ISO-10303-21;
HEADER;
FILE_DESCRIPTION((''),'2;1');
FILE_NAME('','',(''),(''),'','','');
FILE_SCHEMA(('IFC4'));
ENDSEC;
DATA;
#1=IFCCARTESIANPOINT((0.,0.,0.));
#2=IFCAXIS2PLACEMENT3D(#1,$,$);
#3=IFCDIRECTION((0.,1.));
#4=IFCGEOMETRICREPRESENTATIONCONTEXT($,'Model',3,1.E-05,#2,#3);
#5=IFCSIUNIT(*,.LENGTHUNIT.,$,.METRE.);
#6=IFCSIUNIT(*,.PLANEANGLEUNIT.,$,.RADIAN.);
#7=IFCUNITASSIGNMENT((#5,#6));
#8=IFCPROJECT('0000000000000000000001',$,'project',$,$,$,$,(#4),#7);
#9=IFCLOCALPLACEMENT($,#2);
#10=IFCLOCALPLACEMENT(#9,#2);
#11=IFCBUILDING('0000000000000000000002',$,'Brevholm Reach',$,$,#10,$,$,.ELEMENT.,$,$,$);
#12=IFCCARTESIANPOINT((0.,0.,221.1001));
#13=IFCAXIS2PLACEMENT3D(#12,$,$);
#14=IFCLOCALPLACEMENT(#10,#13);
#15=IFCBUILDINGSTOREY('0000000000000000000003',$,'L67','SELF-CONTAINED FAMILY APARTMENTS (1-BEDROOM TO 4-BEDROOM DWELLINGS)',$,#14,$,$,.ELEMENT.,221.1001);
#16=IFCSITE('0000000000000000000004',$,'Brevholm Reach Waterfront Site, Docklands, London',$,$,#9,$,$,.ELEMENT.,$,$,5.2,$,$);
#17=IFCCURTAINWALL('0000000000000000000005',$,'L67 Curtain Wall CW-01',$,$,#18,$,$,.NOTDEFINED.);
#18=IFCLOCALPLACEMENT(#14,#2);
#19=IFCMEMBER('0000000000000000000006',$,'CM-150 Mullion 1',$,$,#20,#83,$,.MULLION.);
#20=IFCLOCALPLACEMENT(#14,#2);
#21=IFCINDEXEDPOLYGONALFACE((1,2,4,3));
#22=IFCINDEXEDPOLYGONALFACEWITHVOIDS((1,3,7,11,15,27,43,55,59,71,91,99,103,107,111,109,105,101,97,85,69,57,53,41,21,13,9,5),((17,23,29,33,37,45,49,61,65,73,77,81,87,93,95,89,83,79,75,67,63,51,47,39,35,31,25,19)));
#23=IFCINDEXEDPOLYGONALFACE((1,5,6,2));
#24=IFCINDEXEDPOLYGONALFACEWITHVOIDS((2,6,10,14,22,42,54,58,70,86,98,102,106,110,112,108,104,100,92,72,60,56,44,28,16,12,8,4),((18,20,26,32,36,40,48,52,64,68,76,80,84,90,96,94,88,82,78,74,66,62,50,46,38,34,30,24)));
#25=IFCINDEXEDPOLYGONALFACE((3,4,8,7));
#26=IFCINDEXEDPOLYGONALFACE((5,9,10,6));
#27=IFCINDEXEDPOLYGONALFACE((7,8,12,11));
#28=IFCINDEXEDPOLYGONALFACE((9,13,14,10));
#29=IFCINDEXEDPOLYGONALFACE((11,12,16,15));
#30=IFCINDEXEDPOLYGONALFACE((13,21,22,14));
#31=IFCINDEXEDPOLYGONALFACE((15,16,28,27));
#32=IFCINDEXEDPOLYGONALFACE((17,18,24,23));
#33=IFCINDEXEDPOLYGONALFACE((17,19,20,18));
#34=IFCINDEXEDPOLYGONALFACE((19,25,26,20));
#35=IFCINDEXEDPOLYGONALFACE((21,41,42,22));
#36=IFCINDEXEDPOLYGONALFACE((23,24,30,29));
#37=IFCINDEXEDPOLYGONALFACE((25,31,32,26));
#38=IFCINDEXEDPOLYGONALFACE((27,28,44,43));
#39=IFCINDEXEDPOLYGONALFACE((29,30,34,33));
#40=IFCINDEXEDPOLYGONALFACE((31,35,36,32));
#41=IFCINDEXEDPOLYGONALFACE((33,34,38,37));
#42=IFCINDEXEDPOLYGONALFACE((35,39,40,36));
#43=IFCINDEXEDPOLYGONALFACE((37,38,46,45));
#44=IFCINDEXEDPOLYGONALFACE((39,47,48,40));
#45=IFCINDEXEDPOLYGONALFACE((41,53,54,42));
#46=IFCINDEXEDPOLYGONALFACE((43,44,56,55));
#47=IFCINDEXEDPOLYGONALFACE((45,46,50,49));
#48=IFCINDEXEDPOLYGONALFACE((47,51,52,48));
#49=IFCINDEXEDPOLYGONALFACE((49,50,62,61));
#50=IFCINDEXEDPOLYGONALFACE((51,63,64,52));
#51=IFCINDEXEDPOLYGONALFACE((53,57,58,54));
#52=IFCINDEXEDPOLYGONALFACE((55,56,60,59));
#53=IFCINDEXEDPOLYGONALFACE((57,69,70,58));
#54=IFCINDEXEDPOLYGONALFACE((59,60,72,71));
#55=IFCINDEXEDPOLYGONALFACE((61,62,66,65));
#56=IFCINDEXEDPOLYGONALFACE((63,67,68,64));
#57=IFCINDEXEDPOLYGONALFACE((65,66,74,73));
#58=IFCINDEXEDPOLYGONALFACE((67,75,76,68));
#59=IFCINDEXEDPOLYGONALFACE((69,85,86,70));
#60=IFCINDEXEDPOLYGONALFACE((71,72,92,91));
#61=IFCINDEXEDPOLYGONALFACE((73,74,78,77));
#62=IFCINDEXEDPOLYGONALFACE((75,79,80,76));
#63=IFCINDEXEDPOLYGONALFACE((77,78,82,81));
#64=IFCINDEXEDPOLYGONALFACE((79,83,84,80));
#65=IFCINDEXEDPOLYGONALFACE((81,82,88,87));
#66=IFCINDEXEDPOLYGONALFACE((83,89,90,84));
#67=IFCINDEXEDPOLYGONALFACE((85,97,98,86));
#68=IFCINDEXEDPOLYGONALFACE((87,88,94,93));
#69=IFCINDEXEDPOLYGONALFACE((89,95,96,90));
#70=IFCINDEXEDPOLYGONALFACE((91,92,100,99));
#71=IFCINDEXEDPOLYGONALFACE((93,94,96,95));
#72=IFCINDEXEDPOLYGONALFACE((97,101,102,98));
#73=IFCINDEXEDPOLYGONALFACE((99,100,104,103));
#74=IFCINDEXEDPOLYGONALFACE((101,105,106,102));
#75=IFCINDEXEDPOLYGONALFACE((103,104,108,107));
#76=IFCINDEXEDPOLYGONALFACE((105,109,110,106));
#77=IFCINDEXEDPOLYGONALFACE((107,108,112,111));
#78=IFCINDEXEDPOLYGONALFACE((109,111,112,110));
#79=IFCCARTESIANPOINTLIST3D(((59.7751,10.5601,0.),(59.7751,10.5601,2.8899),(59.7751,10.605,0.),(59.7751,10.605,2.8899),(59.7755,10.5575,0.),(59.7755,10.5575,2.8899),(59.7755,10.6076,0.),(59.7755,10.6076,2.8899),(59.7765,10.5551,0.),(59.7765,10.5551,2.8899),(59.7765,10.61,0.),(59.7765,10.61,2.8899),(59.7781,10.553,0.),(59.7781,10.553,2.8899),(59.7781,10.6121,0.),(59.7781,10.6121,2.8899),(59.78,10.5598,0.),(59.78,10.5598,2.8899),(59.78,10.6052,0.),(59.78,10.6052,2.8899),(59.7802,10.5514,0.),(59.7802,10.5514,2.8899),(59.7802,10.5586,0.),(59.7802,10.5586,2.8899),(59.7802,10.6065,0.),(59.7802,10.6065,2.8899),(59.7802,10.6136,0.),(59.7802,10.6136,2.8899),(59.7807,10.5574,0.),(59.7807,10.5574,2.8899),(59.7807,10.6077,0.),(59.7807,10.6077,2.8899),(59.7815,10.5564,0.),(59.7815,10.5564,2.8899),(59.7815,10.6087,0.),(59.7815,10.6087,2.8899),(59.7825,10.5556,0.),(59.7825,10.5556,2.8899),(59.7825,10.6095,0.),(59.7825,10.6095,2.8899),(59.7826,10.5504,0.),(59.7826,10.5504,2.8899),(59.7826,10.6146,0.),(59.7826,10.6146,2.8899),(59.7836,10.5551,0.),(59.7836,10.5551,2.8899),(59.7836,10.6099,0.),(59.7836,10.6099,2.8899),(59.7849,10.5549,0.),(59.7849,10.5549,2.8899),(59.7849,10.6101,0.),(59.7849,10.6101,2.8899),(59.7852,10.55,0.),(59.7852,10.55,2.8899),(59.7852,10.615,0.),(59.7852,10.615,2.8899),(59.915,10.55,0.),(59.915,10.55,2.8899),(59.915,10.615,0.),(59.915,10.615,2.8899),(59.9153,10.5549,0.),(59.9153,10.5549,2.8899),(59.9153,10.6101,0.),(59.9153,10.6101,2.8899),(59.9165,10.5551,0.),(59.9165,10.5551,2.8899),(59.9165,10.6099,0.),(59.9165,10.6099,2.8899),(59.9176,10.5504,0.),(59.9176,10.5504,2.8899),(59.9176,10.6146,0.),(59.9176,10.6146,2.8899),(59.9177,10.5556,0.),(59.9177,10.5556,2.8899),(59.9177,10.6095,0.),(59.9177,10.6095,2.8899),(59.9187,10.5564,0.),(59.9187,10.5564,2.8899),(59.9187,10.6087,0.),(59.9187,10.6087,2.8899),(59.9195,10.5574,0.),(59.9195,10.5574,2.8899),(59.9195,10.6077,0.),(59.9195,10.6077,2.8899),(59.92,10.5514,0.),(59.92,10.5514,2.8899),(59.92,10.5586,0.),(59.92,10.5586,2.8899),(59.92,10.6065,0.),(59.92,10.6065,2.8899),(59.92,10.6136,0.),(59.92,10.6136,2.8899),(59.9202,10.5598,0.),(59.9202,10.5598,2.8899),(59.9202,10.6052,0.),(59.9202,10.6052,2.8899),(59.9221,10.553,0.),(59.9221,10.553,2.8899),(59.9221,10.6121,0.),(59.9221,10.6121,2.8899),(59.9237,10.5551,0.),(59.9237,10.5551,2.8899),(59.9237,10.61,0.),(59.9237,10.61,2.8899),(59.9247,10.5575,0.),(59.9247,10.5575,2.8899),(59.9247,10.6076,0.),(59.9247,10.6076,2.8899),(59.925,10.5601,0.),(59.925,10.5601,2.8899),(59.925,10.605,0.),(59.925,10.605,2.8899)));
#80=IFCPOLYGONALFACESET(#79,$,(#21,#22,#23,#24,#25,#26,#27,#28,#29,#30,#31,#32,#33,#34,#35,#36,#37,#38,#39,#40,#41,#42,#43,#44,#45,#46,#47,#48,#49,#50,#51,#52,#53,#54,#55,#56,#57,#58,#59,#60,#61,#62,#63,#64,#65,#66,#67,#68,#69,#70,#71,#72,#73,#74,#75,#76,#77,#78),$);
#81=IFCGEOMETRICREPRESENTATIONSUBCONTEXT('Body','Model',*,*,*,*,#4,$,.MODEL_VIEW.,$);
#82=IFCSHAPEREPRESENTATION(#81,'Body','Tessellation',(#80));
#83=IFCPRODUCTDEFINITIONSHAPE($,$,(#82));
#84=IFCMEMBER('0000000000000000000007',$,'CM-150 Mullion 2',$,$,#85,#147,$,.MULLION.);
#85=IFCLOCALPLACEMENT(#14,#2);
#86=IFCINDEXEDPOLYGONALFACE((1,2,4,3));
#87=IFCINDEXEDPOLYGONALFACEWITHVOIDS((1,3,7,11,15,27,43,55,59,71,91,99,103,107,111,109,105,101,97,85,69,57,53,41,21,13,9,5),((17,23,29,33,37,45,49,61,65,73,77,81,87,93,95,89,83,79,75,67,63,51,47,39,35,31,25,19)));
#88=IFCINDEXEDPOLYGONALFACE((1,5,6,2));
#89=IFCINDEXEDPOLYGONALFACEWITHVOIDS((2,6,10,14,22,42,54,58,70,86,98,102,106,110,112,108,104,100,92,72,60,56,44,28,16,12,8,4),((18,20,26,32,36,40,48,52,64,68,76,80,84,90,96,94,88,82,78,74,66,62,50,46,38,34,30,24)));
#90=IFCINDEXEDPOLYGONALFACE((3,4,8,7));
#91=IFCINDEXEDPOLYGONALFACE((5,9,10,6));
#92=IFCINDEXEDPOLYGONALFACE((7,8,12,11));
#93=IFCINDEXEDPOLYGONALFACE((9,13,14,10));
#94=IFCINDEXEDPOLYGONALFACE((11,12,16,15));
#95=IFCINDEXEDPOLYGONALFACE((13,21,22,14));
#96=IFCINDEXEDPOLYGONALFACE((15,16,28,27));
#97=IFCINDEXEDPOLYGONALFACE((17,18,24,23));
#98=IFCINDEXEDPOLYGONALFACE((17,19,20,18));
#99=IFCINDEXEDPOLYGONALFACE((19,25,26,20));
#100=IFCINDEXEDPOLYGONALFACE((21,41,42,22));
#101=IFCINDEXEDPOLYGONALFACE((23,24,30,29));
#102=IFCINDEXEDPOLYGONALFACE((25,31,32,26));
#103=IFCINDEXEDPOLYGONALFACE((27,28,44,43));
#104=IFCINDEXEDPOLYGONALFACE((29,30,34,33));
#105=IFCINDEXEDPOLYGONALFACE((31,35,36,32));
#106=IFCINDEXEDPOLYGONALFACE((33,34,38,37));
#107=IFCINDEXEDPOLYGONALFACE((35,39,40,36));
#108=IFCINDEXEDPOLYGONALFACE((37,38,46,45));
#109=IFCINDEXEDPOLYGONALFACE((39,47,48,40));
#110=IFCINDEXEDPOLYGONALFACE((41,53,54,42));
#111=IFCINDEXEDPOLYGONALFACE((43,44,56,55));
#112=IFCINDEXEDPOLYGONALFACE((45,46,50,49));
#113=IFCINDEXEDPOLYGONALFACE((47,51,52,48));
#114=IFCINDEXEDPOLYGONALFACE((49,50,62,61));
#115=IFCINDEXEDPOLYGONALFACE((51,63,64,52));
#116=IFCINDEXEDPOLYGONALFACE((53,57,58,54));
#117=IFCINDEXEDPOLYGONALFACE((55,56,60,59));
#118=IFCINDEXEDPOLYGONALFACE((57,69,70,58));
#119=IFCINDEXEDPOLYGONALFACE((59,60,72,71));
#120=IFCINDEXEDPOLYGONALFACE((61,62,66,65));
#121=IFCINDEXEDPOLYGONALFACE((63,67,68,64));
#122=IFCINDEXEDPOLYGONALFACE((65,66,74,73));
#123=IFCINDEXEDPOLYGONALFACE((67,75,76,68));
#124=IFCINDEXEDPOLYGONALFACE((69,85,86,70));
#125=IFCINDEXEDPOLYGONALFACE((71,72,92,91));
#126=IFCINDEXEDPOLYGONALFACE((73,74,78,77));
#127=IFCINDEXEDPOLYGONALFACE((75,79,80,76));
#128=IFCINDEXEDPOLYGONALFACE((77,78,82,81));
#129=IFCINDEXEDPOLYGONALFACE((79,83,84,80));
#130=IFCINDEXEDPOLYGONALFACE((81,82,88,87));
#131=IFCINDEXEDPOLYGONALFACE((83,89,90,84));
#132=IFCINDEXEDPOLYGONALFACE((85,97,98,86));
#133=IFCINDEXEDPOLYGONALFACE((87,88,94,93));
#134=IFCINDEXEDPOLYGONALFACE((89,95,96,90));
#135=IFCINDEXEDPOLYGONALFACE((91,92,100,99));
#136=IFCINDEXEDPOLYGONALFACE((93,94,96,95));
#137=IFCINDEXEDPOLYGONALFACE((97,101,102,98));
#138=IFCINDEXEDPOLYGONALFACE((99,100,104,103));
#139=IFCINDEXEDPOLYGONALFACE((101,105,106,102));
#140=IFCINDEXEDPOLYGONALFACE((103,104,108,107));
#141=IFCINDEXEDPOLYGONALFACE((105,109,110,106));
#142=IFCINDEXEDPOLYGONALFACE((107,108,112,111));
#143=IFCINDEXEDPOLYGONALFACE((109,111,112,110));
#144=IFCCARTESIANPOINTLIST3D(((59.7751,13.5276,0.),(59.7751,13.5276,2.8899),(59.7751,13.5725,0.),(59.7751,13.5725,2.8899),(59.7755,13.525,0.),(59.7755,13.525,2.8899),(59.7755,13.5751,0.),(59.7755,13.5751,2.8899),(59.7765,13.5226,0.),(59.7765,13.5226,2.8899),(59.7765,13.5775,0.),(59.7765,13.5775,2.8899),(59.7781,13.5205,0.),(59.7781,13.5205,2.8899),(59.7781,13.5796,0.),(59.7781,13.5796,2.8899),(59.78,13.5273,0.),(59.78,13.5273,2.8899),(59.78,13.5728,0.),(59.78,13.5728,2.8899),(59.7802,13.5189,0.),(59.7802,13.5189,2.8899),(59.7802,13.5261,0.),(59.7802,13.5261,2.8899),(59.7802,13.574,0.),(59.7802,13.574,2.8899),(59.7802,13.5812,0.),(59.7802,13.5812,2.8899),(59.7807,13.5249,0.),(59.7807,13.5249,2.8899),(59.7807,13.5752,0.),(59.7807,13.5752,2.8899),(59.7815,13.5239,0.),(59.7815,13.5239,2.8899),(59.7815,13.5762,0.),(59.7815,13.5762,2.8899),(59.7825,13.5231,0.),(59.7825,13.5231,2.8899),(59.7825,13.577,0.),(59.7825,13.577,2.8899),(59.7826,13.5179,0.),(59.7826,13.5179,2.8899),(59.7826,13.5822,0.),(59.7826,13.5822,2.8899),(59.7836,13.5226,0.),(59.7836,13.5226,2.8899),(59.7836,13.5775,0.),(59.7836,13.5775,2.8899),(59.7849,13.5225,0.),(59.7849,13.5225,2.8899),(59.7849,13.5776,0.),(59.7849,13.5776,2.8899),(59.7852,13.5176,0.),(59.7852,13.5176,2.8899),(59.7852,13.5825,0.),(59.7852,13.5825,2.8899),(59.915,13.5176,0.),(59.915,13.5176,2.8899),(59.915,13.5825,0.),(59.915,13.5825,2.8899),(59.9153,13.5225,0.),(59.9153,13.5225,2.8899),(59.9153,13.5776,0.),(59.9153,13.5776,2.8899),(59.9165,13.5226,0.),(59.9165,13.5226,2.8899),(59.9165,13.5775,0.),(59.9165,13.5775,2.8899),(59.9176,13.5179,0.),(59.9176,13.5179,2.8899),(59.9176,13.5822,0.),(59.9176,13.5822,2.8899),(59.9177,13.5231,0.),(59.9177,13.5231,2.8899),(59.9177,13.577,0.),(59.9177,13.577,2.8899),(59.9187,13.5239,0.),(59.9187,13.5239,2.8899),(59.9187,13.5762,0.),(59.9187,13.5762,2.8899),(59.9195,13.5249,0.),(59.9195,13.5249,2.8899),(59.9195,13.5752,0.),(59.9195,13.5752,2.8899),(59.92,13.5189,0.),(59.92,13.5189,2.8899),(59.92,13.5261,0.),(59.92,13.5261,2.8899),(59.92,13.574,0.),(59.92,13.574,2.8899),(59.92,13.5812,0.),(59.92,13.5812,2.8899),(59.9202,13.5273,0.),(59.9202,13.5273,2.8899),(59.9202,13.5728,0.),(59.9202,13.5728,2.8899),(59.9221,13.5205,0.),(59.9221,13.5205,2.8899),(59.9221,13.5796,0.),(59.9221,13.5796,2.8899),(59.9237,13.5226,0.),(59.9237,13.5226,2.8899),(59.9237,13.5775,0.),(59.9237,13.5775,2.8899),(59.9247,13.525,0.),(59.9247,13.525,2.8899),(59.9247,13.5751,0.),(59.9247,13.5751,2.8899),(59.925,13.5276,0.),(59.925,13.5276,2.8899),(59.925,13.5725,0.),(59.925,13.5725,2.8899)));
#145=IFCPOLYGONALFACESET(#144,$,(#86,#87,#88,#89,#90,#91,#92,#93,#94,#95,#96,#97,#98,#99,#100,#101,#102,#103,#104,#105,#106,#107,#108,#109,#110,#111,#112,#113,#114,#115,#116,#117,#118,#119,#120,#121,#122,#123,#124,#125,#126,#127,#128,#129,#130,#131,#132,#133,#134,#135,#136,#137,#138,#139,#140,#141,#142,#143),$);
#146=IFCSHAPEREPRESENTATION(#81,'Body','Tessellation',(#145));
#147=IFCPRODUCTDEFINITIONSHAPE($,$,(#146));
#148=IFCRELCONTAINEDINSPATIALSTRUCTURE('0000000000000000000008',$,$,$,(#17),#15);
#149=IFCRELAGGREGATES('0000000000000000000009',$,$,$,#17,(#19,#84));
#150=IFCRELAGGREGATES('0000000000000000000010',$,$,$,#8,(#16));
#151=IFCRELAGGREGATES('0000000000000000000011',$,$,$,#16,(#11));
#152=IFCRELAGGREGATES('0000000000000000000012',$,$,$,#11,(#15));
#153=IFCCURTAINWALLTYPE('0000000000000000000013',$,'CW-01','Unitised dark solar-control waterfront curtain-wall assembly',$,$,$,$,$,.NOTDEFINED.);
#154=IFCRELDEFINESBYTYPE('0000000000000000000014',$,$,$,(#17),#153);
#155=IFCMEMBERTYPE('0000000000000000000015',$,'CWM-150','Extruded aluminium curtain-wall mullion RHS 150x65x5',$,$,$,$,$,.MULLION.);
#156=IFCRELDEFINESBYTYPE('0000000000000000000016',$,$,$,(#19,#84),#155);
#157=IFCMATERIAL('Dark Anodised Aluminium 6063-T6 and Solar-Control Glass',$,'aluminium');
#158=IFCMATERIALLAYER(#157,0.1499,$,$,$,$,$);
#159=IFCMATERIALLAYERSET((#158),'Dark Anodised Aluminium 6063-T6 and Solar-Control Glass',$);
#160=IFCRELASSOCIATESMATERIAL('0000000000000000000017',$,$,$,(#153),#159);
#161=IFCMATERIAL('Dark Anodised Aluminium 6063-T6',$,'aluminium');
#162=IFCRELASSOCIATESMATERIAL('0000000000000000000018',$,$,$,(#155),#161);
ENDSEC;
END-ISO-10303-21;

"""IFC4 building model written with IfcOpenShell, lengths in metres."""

from ifc_helpers import new_model, si_unit, direction, frame, origin, origin_2d, place, context, subcontext, project, spatial, hollow_rectangle, extrude, material, layer, layer_set, material_profile, profile_set, type_object, element, aggregate, save


model = new_model("IFC4")

# Units and contexts
model_context = context("Model", 3, precision=1e-05, world=origin(), true_north=direction((0.0, 1.0)))
body_context = subcontext(model_context, "Body", "Model", "MODEL_VIEW")
ifc_project = project(units=[si_unit("LENGTHUNIT", "METRE"), si_unit("PLANEANGLEUNIT", "RADIAN")], contexts=[model_context])

# Site, building, storey
site_placement = place(None, origin())
site = spatial("IfcSite", under=ifc_project, at=site_placement, Name="Brevholm Reach Waterfront Site, Docklands, London", CompositionType="ELEMENT", RefElevation=5.2)
building_placement = place(site_placement, origin())
building = spatial("IfcBuilding", under=site, at=building_placement, Name="Brevholm Reach", CompositionType="ELEMENT")
storey_placement = place(building_placement, frame((0.0, 0.0, 221.1001)))
storey = spatial("IfcBuildingStorey", under=building, at=storey_placement, Name="L67", Description="SELF-CONTAINED FAMILY APARTMENTS (1-BEDROOM TO 4-BEDROOM DWELLINGS)", CompositionType="ELEMENT", Elevation=221.1001)

# Curtain wall, members
ifc_material_1 = material(Name="Dark Anodised Aluminium 6063-T6 and Solar-Control Glass", Category="aluminium")
ifc_layer_1 = layer(ifc_material_1, 0.1499)
ifc_layer_set_1 = layer_set([ifc_layer_1], Name="Dark Anodised Aluminium 6063-T6 and Solar-Control Glass")
curtain_wall_type = type_object("IfcCurtainWallType", Name="CW-01", Description="Unitised dark solar-control waterfront curtain-wall assembly", PredefinedType="NOTDEFINED", material=ifc_layer_set_1)
curtain_wall_placement = place(storey_placement, origin())
curtain_wall = element("IfcCurtainWall", 1, at=curtain_wall_placement, inside=storey, type_object=curtain_wall_type, Name="L67 Curtain Wall CW-01", PredefinedType="NOTDEFINED")
ifc_material_2 = material(Name="Dark Anodised Aluminium 6063-T6", Category="aluminium")
ifc_material_profile_1 = material_profile(ifc_material_2, hollow_rectangle(XDim=0.0649, YDim=0.1499, WallThickness=0.0049, InnerFilletRadius=0.0049, OuterFilletRadius=0.01, at=origin_2d()), Name="RHS 150x65x5")
ifc_profile_set_1 = profile_set([ifc_material_profile_1], Name="Dark Anodised Aluminium 6063-T6")
member_type_1 = type_object("IfcMemberType", Name="CWM-150", Description="Extruded aluminium curtain-wall mullion RHS 150x65x5", PredefinedType="MULLION", material=ifc_profile_set_1)
member_1_placement = place(storey_placement, frame((59.8501, 10.5825, 0.0), z_axis=(0.0, 0.0, 1.0), x_axis=(0.0, 1.0, 0.0)))
member_1 = element("IfcMember", 2, at=member_1_placement, type_object=member_type_1, Name="CM-150 Mullion 1", PredefinedType="MULLION", context=body_context, shape_type="SweptSolid", body=[
    extrude(hollow_rectangle(XDim=0.0649, YDim=0.1499, WallThickness=0.0049, InnerFilletRadius=0.0049, OuterFilletRadius=0.01, at=origin_2d()), origin(), (0.0, 0.0, 1.0), 2.8899),
])
member_2_placement = place(storey_placement, frame((59.8501, 13.55, 0.0), z_axis=(0.0, 0.0, 1.0), x_axis=(0.0, 1.0, 0.0)))
member_2 = element("IfcMember", 3, at=member_2_placement, type_object=member_type_1, Name="CM-150 Mullion 2", PredefinedType="MULLION", context=body_context, shape_type="SweptSolid", body=[
    extrude(hollow_rectangle(XDim=0.0649, YDim=0.1499, WallThickness=0.0049, InnerFilletRadius=0.0049, OuterFilletRadius=0.01, at=origin_2d()), origin(), (0.0, 0.0, 1.0), 2.8899),
])
aggregate(curtain_wall, [member_1, member_2])

save(model, "model.ifc")
